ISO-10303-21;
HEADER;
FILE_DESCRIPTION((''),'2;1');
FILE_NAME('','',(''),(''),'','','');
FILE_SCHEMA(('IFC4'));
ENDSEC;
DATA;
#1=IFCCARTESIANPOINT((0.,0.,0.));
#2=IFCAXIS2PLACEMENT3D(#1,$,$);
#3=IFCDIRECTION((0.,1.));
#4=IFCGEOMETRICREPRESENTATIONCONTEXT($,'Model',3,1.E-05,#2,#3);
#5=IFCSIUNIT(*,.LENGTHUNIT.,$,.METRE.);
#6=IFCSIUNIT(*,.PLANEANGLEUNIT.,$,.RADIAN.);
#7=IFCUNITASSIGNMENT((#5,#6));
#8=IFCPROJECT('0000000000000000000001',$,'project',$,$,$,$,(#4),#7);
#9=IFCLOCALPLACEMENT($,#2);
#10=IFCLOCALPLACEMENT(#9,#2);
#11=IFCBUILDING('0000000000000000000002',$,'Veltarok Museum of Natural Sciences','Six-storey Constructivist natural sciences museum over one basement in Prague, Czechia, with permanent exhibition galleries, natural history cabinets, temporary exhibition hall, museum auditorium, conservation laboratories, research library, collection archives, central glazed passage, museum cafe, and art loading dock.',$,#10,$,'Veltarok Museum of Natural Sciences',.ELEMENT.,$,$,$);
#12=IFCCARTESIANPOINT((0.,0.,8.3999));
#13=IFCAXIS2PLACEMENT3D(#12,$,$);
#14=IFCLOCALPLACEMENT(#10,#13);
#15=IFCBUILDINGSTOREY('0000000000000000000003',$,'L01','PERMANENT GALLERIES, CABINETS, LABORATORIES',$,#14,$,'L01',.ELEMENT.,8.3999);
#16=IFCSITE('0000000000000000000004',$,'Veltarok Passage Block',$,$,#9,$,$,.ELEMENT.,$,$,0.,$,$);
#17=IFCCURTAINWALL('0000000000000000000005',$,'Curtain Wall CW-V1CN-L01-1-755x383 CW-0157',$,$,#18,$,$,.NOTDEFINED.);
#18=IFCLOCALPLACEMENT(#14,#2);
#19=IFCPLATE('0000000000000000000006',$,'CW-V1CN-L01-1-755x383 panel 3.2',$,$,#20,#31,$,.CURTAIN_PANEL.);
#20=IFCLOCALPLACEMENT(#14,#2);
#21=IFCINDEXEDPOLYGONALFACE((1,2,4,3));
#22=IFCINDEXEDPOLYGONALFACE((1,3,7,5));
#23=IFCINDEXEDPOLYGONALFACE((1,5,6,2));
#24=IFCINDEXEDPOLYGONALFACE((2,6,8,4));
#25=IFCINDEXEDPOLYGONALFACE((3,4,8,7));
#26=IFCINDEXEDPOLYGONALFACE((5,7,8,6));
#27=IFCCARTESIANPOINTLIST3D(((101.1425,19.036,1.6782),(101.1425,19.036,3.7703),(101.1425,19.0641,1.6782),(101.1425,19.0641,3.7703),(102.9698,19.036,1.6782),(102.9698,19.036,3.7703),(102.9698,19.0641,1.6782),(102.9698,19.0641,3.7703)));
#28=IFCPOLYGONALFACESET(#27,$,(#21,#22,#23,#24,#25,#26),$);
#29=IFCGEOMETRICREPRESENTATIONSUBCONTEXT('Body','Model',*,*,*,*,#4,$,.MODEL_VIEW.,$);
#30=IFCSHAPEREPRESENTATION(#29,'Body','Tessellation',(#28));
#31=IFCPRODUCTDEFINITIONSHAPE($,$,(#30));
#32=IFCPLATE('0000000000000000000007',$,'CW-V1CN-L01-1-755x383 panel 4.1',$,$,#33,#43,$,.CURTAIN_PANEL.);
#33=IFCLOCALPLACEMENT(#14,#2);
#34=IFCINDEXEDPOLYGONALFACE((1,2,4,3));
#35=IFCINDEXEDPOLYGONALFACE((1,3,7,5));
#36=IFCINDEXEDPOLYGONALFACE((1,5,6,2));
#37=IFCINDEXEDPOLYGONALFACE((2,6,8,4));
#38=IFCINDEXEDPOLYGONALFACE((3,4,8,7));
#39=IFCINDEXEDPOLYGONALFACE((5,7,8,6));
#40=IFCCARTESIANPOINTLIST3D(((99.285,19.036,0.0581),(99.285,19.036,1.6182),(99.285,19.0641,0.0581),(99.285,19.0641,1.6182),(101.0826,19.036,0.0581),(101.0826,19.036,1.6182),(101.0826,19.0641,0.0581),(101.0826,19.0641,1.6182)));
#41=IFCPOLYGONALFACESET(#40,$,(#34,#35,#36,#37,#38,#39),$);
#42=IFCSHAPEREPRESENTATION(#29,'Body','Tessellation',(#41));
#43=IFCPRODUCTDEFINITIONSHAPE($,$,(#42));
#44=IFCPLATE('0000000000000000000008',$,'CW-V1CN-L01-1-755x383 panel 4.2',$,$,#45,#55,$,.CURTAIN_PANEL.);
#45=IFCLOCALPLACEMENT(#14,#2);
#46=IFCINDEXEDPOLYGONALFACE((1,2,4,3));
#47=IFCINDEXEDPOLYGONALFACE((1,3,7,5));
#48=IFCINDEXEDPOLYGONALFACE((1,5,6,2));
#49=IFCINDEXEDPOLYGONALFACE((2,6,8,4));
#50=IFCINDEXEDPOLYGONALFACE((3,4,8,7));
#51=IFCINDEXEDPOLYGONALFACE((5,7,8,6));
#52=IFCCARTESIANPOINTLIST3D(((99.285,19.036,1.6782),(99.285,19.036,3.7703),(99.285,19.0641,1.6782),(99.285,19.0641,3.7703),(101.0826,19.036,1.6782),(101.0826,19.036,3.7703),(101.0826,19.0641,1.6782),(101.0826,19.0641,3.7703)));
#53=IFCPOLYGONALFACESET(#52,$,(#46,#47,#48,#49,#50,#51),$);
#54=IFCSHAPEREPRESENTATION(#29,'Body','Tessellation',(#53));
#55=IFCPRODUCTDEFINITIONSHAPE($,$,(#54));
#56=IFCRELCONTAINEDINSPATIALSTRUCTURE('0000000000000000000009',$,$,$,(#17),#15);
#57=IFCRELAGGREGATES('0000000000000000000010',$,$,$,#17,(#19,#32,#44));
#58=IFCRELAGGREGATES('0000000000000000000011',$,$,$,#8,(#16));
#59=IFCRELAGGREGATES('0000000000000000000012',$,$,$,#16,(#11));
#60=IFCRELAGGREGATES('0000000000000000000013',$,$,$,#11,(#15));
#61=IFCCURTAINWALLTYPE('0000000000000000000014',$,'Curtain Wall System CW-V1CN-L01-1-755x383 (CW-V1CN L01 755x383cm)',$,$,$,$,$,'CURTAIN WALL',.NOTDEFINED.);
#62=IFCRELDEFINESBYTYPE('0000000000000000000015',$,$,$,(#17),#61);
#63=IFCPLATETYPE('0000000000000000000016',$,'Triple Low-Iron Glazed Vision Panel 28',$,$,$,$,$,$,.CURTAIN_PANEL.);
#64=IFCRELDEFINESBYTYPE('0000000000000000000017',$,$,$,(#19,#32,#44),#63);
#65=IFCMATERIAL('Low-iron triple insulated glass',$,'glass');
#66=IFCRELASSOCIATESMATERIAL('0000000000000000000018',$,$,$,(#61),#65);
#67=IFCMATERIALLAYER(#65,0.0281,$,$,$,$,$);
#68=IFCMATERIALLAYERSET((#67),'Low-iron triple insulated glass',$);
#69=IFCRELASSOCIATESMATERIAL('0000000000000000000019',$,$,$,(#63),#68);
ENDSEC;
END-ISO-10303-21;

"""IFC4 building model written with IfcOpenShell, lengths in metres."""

from ifc_helpers import new_model, si_unit, direction, frame, origin, origin_2d, place, context, subcontext, project, spatial, rectangle, extrude, material, layer, layer_set, type_object, element, aggregate, save


model = new_model("IFC4")

# Units and contexts
model_context = context("Model", 3, precision=1e-05, world=origin(), true_north=direction((0.0, 1.0)))
body_context = subcontext(model_context, "Body", "Model", "MODEL_VIEW")
ifc_project = project(units=[si_unit("LENGTHUNIT", "METRE"), si_unit("PLANEANGLEUNIT", "RADIAN")], contexts=[model_context])

# Site, building, storey
site_placement = place(None, origin())
site = spatial("IfcSite", under=ifc_project, at=site_placement, Name="Veltarok Passage Block", CompositionType="ELEMENT", RefElevation=0.0)
building_placement = place(site_placement, origin())
building = spatial("IfcBuilding", under=site, at=building_placement, Name="Veltarok Museum of Natural Sciences", Description="Six-storey Constructivist natural sciences museum over one basement in Prague, Czechia, with permanent exhibition galleries, natural history cabinets, temporary exhibition hall, museum auditorium, conservation laboratories, research library, collection archives, central glazed passage, museum cafe, and art loading dock.", LongName="Veltarok Museum of Natural Sciences", CompositionType="ELEMENT")
storey_placement = place(building_placement, frame((0.0, 0.0, 8.3999)))
storey = spatial("IfcBuildingStorey", under=building, at=storey_placement, Name="L01", Description="PERMANENT GALLERIES, CABINETS, LABORATORIES", LongName="L01", CompositionType="ELEMENT", Elevation=8.3999)

# Curtain wall
ifc_material_1 = material(Name="Low-iron triple insulated glass", Category="glass")
curtain_wall_type = type_object("IfcCurtainWallType", Name="Curtain Wall System CW-V1CN-L01-1-755x383 (CW-V1CN L01 755x383cm)", ElementType="CURTAIN WALL", PredefinedType="NOTDEFINED", material=ifc_material_1)
curtain_wall_placement = place(storey_placement, origin())
curtain_wall = element("IfcCurtainWall", 1, at=curtain_wall_placement, inside=storey, type_object=curtain_wall_type, Name="Curtain Wall CW-V1CN-L01-1-755x383 CW-0157", PredefinedType="NOTDEFINED")

# Plates
ifc_layer = layer(ifc_material_1, 0.0281)
ifc_layer_set = layer_set([ifc_layer], Name="Low-iron triple insulated glass")
plate_type = type_object("IfcPlateType", Name="Triple Low-Iron Glazed Vision Panel 28", PredefinedType="CURTAIN_PANEL", material=ifc_layer_set)
plate_1_placement = place(storey_placement, frame((102.0562, 19.05, 1.6782), z_axis=(0.0, 0.0, 1.0), x_axis=(-1.0, 0.0, 0.0)))
plate_1 = element("IfcPlate", 2, at=plate_1_placement, type_object=plate_type, Name="CW-V1CN-L01-1-755x383 panel 3.2", PredefinedType="CURTAIN_PANEL", context=body_context, shape_type="SweptSolid", body=[
    extrude(rectangle(XDim=1.8274, YDim=0.0281, at=origin_2d()), origin(), (0.0, 0.0, 1.0), 2.092),
])
plate_2_placement = place(storey_placement, frame((100.1838, 19.05, 0.0581), z_axis=(0.0, 0.0, 1.0), x_axis=(-1.0, 0.0, 0.0)))
plate_2 = element("IfcPlate", 3, at=plate_2_placement, type_object=plate_type, Name="CW-V1CN-L01-1-755x383 panel 4.1", PredefinedType="CURTAIN_PANEL", context=body_context, shape_type="SweptSolid", body=[
    extrude(rectangle(XDim=1.7976, YDim=0.0281, at=origin_2d()), origin(), (0.0, 0.0, 1.0), 1.5601),
])
plate_3_placement = place(storey_placement, frame((100.1838, 19.05, 1.6782), z_axis=(0.0, 0.0, 1.0), x_axis=(-1.0, 0.0, 0.0)))
plate_3 = element("IfcPlate", 4, at=plate_3_placement, type_object=plate_type, Name="CW-V1CN-L01-1-755x383 panel 4.2", PredefinedType="CURTAIN_PANEL", context=body_context, shape_type="SweptSolid", body=[
    extrude(rectangle(XDim=1.7976, YDim=0.0281, at=origin_2d()), origin(), (0.0, 0.0, 1.0), 2.092),
])
aggregate(curtain_wall, [plate_1, plate_2, plate_3])

save(model, "model.ifc")
